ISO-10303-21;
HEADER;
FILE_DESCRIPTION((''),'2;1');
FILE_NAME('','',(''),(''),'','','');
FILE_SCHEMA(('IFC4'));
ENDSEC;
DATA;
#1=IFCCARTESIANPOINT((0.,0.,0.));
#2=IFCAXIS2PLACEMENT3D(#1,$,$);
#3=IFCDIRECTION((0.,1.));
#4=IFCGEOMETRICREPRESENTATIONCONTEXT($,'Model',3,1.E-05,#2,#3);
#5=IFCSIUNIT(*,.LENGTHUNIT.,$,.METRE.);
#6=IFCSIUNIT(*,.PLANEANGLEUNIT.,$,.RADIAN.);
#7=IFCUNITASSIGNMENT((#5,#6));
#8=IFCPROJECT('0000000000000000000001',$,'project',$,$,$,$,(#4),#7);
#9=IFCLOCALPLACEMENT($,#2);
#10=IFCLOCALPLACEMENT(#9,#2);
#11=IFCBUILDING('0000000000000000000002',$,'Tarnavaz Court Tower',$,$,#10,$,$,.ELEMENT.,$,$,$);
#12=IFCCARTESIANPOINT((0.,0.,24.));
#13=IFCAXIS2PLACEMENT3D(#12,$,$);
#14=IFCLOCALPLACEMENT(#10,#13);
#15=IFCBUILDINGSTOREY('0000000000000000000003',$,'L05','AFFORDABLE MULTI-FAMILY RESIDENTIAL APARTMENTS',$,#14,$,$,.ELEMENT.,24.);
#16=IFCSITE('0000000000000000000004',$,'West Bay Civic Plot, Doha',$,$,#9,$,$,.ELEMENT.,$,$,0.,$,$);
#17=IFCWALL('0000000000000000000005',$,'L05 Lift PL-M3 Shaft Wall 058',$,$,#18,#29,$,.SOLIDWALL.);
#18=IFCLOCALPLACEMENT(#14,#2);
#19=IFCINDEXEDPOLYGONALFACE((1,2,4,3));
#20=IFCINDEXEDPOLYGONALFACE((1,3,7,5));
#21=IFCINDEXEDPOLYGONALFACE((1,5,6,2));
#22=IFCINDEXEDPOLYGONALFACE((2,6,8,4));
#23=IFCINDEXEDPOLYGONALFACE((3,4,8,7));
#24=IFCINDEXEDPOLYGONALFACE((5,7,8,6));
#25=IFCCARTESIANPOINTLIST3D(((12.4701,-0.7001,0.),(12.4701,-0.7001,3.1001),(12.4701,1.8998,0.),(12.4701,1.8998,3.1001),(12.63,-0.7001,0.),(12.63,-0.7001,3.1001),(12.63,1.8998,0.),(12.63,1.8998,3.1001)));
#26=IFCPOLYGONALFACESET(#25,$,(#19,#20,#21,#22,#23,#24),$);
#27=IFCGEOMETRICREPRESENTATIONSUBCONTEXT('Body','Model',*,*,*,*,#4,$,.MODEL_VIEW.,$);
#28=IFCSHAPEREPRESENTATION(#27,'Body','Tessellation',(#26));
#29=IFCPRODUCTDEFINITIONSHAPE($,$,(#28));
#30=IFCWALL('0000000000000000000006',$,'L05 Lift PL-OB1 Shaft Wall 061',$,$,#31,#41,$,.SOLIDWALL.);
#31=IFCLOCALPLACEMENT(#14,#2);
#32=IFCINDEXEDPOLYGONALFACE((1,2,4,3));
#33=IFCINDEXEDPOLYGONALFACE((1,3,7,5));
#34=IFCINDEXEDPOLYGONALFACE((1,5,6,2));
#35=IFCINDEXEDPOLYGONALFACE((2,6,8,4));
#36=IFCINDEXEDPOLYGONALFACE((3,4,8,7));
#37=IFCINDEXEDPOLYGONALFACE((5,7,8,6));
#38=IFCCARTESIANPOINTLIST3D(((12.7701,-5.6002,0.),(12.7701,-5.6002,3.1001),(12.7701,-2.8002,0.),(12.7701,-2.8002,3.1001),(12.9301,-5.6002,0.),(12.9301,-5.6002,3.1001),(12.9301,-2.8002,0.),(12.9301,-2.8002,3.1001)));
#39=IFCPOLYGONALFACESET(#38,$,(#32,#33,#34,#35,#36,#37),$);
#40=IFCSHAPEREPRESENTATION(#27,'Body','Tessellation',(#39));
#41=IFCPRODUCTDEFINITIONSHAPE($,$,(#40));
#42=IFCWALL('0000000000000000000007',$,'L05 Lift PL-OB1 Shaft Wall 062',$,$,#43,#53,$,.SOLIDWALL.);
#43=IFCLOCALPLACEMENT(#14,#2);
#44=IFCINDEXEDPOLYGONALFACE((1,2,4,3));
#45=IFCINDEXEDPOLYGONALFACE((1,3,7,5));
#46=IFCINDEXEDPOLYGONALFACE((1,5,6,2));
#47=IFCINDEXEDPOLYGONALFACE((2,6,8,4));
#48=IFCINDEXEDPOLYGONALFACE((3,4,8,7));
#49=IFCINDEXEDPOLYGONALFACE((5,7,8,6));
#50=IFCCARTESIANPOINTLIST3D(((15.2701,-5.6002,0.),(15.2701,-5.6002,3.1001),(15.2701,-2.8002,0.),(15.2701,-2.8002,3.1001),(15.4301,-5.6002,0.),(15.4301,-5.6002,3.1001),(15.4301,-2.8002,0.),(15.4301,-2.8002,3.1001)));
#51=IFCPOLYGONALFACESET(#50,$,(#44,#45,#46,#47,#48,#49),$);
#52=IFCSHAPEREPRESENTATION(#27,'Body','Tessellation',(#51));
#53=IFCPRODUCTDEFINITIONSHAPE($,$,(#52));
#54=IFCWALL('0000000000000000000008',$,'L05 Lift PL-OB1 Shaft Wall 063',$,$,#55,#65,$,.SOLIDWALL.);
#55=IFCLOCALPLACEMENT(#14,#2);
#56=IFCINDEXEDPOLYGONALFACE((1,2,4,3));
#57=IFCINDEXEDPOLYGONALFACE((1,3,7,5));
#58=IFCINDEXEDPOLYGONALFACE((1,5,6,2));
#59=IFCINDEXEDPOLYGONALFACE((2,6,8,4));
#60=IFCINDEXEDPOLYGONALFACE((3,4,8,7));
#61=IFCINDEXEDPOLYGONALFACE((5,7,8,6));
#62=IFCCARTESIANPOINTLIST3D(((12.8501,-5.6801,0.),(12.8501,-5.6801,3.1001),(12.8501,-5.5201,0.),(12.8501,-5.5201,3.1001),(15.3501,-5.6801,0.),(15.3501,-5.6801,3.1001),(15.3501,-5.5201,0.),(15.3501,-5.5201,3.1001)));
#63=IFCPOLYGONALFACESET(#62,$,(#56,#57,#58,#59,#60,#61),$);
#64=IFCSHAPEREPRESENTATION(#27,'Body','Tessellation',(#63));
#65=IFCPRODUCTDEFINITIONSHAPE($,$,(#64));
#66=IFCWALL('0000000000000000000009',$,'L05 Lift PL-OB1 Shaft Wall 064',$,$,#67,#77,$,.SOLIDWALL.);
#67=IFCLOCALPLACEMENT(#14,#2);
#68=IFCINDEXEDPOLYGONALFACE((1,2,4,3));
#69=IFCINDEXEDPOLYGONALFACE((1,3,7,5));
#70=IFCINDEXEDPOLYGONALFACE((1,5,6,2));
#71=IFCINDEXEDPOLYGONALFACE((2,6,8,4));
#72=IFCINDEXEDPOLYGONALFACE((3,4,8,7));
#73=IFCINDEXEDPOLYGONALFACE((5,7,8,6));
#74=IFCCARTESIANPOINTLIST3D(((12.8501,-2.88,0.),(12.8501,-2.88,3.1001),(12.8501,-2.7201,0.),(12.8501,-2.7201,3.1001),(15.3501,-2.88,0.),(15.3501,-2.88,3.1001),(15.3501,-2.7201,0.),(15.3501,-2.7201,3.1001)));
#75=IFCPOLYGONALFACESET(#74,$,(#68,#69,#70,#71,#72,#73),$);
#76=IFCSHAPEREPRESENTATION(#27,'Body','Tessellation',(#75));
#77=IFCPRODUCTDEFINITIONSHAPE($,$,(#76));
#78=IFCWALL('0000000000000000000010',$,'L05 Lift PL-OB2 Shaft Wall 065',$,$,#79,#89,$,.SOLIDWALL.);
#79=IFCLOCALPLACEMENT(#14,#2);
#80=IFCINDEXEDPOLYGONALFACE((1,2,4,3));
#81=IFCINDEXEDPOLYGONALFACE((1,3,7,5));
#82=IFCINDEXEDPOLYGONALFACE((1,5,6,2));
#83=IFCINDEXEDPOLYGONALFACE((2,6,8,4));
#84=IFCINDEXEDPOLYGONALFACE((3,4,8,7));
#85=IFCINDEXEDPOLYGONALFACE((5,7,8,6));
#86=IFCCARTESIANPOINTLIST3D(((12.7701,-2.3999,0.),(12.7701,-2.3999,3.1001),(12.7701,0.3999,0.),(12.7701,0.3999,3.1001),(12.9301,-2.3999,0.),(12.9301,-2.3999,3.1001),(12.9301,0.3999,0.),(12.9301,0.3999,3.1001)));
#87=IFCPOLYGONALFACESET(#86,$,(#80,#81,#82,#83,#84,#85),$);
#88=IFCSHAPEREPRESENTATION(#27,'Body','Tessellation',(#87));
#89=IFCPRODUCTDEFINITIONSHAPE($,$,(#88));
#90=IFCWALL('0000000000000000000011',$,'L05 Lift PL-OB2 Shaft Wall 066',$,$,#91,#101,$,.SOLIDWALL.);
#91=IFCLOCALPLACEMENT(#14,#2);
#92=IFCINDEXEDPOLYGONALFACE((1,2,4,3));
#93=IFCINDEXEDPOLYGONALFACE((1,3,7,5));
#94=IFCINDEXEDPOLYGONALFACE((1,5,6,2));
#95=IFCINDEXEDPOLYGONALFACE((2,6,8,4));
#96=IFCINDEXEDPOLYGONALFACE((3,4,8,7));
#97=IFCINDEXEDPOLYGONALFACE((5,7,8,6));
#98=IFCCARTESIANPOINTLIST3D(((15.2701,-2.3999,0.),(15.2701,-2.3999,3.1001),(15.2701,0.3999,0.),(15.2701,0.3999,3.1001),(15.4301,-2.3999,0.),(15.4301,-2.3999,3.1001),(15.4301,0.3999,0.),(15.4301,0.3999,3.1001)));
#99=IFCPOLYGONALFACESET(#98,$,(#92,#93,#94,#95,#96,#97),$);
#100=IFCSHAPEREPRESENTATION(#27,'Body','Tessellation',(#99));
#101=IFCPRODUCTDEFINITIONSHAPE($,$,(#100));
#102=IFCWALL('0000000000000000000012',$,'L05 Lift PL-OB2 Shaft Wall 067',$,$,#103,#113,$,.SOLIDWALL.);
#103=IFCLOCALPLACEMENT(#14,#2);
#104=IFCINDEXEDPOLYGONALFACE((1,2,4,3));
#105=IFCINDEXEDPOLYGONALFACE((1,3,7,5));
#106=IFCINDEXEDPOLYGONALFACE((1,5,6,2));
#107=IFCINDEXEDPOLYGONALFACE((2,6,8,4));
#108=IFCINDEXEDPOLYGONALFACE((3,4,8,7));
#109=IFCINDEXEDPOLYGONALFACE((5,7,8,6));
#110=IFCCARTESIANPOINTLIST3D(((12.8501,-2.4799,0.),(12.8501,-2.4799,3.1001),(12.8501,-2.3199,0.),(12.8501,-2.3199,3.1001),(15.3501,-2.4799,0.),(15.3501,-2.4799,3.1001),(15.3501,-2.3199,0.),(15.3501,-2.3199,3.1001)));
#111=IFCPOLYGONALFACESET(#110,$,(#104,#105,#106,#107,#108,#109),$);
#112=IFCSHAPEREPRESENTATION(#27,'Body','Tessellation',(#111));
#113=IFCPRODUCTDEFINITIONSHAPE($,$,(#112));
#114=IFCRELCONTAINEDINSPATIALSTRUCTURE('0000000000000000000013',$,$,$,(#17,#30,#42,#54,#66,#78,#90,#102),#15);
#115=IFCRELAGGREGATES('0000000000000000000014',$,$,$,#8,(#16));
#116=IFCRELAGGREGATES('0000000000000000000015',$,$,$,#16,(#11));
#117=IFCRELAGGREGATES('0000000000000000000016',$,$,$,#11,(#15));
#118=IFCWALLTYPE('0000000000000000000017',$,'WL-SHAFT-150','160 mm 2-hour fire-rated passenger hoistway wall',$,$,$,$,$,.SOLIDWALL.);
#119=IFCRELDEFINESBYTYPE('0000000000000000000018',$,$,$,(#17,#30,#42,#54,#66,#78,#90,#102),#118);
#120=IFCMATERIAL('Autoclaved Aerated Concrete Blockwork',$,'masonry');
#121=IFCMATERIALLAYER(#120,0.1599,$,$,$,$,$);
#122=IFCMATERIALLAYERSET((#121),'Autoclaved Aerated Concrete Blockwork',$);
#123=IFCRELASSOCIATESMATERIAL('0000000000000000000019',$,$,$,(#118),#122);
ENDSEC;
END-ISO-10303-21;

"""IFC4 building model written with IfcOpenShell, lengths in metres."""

from ifc_helpers import new_model, si_unit, direction, frame, frame_2d, origin, place, context, subcontext, project, spatial, rectangle, extrude, material, layer, layer_set, type_object, element, save


model = new_model("IFC4")

# Units and contexts
model_context = context("Model", 3, precision=1e-05, world=origin(), true_north=direction((0.0, 1.0)))
body_context = subcontext(model_context, "Body", "Model", "MODEL_VIEW")
ifc_project = project(units=[si_unit("LENGTHUNIT", "METRE"), si_unit("PLANEANGLEUNIT", "RADIAN")], contexts=[model_context])

# Site, building, storey
site_placement = place(None, origin())
site = spatial("IfcSite", under=ifc_project, at=site_placement, Name="West Bay Civic Plot, Doha", CompositionType="ELEMENT", RefElevation=0.0)
building_placement = place(site_placement, origin())
building = spatial("IfcBuilding", under=site, at=building_placement, Name="Tarnavaz Court Tower", CompositionType="ELEMENT")
storey_placement = place(building_placement, frame((0.0, 0.0, 24.0)))
storey = spatial("IfcBuildingStorey", under=building, at=storey_placement, Name="L05", Description="AFFORDABLE MULTI-FAMILY RESIDENTIAL APARTMENTS", CompositionType="ELEMENT", Elevation=24.0)

# Walls
ifc_material_1 = material(Name="Autoclaved Aerated Concrete Blockwork", Category="masonry")
ifc_layer_1 = layer(ifc_material_1, 0.1599)
ifc_layer_set_1 = layer_set([ifc_layer_1], Name="Autoclaved Aerated Concrete Blockwork")
wall_type_1 = type_object("IfcWallType", Name="WL-SHAFT-150", Description="160 mm 2-hour fire-rated passenger hoistway wall", PredefinedType="SOLIDWALL", material=ifc_layer_set_1)
wall_1_placement = place(storey_placement, frame((12.55, -0.7, 0.0), z_axis=(0.0, 0.0, 1.0), x_axis=(0.0, 1.0, 0.0)))
element("IfcWall", 1, at=wall_1_placement, inside=storey, type_object=wall_type_1, Name="L05 Lift PL-M3 Shaft Wall 058", PredefinedType="SOLIDWALL", context=body_context, shape_type="SweptSolid", body=[
    extrude(rectangle(XDim=2.5999, YDim=0.1599, at=frame_2d((1.2998, 0.0))), origin(), (0.0, 0.0, 1.0), 3.1001),
])
for number, where, z_axis, x_axis, name in (
    (2, (12.8501, -5.6001, 0.0), (0.0, 0.0, 1.0), (0.0, 1.0, 0.0), "L05 Lift PL-OB1 Shaft Wall 061"),
    (3, (15.3501, -5.6001, 0.0), (0.0, 0.0, 1.0), (0.0, 1.0, 0.0), "L05 Lift PL-OB1 Shaft Wall 062"),
):
    element("IfcWall", number, at=place(storey_placement, frame(where, z_axis=z_axis, x_axis=x_axis)), inside=storey, type_object=wall_type_1, Name=name, PredefinedType="SOLIDWALL", context=body_context, shape_type="SweptSolid", body=[
        extrude(rectangle(XDim=2.8, YDim=0.1599, at=frame_2d((1.3999, 0.0))), origin(), (0.0, 0.0, 1.0), 3.1001),
    ])
for number, where, z_axis, x_axis, name in (
    (4, (12.8501, -5.6001, 0.0), (0.0, 0.0, 1.0), (1.0, 0.0, 0.0), "L05 Lift PL-OB1 Shaft Wall 063"),
    (5, (12.8501, -2.8, 0.0), (0.0, 0.0, 1.0), (1.0, 0.0, 0.0), "L05 Lift PL-OB1 Shaft Wall 064"),
):
    element("IfcWall", number, at=place(storey_placement, frame(where, z_axis=z_axis, x_axis=x_axis)), inside=storey, type_object=wall_type_1, Name=name, PredefinedType="SOLIDWALL", context=body_context, shape_type="SweptSolid", body=[
        extrude(rectangle(XDim=2.5, YDim=0.1599, at=frame_2d((1.25, 0.0))), origin(), (0.0, 0.0, 1.0), 3.1001),
    ])
for number, where, z_axis, x_axis, name in (
    (6, (12.8501, -2.3999, 0.0), (0.0, 0.0, 1.0), (0.0, 1.0, 0.0), "L05 Lift PL-OB2 Shaft Wall 065"),
    (7, (15.3501, -2.3999, 0.0), (0.0, 0.0, 1.0), (0.0, 1.0, 0.0), "L05 Lift PL-OB2 Shaft Wall 066"),
):
    element("IfcWall", number, at=place(storey_placement, frame(where, z_axis=z_axis, x_axis=x_axis)), inside=storey, type_object=wall_type_1, Name=name, PredefinedType="SOLIDWALL", context=body_context, shape_type="SweptSolid", body=[
        extrude(rectangle(XDim=2.7998, YDim=0.1599, at=frame_2d((1.3999, 0.0))), origin(), (0.0, 0.0, 1.0), 3.1001),
    ])
wall_2_placement = place(storey_placement, frame((12.8501, -2.3999, 0.0), z_axis=(0.0, 0.0, 1.0), x_axis=(1.0, 0.0, 0.0)))
element("IfcWall", 8, at=wall_2_placement, inside=storey, type_object=wall_type_1, Name="L05 Lift PL-OB2 Shaft Wall 067", PredefinedType="SOLIDWALL", context=body_context, shape_type="SweptSolid", body=[
    extrude(rectangle(XDim=2.5, YDim=0.1599, at=frame_2d((1.25, 0.0))), origin(), (0.0, 0.0, 1.0), 3.1001),
])

save(model, "model.ifc")
